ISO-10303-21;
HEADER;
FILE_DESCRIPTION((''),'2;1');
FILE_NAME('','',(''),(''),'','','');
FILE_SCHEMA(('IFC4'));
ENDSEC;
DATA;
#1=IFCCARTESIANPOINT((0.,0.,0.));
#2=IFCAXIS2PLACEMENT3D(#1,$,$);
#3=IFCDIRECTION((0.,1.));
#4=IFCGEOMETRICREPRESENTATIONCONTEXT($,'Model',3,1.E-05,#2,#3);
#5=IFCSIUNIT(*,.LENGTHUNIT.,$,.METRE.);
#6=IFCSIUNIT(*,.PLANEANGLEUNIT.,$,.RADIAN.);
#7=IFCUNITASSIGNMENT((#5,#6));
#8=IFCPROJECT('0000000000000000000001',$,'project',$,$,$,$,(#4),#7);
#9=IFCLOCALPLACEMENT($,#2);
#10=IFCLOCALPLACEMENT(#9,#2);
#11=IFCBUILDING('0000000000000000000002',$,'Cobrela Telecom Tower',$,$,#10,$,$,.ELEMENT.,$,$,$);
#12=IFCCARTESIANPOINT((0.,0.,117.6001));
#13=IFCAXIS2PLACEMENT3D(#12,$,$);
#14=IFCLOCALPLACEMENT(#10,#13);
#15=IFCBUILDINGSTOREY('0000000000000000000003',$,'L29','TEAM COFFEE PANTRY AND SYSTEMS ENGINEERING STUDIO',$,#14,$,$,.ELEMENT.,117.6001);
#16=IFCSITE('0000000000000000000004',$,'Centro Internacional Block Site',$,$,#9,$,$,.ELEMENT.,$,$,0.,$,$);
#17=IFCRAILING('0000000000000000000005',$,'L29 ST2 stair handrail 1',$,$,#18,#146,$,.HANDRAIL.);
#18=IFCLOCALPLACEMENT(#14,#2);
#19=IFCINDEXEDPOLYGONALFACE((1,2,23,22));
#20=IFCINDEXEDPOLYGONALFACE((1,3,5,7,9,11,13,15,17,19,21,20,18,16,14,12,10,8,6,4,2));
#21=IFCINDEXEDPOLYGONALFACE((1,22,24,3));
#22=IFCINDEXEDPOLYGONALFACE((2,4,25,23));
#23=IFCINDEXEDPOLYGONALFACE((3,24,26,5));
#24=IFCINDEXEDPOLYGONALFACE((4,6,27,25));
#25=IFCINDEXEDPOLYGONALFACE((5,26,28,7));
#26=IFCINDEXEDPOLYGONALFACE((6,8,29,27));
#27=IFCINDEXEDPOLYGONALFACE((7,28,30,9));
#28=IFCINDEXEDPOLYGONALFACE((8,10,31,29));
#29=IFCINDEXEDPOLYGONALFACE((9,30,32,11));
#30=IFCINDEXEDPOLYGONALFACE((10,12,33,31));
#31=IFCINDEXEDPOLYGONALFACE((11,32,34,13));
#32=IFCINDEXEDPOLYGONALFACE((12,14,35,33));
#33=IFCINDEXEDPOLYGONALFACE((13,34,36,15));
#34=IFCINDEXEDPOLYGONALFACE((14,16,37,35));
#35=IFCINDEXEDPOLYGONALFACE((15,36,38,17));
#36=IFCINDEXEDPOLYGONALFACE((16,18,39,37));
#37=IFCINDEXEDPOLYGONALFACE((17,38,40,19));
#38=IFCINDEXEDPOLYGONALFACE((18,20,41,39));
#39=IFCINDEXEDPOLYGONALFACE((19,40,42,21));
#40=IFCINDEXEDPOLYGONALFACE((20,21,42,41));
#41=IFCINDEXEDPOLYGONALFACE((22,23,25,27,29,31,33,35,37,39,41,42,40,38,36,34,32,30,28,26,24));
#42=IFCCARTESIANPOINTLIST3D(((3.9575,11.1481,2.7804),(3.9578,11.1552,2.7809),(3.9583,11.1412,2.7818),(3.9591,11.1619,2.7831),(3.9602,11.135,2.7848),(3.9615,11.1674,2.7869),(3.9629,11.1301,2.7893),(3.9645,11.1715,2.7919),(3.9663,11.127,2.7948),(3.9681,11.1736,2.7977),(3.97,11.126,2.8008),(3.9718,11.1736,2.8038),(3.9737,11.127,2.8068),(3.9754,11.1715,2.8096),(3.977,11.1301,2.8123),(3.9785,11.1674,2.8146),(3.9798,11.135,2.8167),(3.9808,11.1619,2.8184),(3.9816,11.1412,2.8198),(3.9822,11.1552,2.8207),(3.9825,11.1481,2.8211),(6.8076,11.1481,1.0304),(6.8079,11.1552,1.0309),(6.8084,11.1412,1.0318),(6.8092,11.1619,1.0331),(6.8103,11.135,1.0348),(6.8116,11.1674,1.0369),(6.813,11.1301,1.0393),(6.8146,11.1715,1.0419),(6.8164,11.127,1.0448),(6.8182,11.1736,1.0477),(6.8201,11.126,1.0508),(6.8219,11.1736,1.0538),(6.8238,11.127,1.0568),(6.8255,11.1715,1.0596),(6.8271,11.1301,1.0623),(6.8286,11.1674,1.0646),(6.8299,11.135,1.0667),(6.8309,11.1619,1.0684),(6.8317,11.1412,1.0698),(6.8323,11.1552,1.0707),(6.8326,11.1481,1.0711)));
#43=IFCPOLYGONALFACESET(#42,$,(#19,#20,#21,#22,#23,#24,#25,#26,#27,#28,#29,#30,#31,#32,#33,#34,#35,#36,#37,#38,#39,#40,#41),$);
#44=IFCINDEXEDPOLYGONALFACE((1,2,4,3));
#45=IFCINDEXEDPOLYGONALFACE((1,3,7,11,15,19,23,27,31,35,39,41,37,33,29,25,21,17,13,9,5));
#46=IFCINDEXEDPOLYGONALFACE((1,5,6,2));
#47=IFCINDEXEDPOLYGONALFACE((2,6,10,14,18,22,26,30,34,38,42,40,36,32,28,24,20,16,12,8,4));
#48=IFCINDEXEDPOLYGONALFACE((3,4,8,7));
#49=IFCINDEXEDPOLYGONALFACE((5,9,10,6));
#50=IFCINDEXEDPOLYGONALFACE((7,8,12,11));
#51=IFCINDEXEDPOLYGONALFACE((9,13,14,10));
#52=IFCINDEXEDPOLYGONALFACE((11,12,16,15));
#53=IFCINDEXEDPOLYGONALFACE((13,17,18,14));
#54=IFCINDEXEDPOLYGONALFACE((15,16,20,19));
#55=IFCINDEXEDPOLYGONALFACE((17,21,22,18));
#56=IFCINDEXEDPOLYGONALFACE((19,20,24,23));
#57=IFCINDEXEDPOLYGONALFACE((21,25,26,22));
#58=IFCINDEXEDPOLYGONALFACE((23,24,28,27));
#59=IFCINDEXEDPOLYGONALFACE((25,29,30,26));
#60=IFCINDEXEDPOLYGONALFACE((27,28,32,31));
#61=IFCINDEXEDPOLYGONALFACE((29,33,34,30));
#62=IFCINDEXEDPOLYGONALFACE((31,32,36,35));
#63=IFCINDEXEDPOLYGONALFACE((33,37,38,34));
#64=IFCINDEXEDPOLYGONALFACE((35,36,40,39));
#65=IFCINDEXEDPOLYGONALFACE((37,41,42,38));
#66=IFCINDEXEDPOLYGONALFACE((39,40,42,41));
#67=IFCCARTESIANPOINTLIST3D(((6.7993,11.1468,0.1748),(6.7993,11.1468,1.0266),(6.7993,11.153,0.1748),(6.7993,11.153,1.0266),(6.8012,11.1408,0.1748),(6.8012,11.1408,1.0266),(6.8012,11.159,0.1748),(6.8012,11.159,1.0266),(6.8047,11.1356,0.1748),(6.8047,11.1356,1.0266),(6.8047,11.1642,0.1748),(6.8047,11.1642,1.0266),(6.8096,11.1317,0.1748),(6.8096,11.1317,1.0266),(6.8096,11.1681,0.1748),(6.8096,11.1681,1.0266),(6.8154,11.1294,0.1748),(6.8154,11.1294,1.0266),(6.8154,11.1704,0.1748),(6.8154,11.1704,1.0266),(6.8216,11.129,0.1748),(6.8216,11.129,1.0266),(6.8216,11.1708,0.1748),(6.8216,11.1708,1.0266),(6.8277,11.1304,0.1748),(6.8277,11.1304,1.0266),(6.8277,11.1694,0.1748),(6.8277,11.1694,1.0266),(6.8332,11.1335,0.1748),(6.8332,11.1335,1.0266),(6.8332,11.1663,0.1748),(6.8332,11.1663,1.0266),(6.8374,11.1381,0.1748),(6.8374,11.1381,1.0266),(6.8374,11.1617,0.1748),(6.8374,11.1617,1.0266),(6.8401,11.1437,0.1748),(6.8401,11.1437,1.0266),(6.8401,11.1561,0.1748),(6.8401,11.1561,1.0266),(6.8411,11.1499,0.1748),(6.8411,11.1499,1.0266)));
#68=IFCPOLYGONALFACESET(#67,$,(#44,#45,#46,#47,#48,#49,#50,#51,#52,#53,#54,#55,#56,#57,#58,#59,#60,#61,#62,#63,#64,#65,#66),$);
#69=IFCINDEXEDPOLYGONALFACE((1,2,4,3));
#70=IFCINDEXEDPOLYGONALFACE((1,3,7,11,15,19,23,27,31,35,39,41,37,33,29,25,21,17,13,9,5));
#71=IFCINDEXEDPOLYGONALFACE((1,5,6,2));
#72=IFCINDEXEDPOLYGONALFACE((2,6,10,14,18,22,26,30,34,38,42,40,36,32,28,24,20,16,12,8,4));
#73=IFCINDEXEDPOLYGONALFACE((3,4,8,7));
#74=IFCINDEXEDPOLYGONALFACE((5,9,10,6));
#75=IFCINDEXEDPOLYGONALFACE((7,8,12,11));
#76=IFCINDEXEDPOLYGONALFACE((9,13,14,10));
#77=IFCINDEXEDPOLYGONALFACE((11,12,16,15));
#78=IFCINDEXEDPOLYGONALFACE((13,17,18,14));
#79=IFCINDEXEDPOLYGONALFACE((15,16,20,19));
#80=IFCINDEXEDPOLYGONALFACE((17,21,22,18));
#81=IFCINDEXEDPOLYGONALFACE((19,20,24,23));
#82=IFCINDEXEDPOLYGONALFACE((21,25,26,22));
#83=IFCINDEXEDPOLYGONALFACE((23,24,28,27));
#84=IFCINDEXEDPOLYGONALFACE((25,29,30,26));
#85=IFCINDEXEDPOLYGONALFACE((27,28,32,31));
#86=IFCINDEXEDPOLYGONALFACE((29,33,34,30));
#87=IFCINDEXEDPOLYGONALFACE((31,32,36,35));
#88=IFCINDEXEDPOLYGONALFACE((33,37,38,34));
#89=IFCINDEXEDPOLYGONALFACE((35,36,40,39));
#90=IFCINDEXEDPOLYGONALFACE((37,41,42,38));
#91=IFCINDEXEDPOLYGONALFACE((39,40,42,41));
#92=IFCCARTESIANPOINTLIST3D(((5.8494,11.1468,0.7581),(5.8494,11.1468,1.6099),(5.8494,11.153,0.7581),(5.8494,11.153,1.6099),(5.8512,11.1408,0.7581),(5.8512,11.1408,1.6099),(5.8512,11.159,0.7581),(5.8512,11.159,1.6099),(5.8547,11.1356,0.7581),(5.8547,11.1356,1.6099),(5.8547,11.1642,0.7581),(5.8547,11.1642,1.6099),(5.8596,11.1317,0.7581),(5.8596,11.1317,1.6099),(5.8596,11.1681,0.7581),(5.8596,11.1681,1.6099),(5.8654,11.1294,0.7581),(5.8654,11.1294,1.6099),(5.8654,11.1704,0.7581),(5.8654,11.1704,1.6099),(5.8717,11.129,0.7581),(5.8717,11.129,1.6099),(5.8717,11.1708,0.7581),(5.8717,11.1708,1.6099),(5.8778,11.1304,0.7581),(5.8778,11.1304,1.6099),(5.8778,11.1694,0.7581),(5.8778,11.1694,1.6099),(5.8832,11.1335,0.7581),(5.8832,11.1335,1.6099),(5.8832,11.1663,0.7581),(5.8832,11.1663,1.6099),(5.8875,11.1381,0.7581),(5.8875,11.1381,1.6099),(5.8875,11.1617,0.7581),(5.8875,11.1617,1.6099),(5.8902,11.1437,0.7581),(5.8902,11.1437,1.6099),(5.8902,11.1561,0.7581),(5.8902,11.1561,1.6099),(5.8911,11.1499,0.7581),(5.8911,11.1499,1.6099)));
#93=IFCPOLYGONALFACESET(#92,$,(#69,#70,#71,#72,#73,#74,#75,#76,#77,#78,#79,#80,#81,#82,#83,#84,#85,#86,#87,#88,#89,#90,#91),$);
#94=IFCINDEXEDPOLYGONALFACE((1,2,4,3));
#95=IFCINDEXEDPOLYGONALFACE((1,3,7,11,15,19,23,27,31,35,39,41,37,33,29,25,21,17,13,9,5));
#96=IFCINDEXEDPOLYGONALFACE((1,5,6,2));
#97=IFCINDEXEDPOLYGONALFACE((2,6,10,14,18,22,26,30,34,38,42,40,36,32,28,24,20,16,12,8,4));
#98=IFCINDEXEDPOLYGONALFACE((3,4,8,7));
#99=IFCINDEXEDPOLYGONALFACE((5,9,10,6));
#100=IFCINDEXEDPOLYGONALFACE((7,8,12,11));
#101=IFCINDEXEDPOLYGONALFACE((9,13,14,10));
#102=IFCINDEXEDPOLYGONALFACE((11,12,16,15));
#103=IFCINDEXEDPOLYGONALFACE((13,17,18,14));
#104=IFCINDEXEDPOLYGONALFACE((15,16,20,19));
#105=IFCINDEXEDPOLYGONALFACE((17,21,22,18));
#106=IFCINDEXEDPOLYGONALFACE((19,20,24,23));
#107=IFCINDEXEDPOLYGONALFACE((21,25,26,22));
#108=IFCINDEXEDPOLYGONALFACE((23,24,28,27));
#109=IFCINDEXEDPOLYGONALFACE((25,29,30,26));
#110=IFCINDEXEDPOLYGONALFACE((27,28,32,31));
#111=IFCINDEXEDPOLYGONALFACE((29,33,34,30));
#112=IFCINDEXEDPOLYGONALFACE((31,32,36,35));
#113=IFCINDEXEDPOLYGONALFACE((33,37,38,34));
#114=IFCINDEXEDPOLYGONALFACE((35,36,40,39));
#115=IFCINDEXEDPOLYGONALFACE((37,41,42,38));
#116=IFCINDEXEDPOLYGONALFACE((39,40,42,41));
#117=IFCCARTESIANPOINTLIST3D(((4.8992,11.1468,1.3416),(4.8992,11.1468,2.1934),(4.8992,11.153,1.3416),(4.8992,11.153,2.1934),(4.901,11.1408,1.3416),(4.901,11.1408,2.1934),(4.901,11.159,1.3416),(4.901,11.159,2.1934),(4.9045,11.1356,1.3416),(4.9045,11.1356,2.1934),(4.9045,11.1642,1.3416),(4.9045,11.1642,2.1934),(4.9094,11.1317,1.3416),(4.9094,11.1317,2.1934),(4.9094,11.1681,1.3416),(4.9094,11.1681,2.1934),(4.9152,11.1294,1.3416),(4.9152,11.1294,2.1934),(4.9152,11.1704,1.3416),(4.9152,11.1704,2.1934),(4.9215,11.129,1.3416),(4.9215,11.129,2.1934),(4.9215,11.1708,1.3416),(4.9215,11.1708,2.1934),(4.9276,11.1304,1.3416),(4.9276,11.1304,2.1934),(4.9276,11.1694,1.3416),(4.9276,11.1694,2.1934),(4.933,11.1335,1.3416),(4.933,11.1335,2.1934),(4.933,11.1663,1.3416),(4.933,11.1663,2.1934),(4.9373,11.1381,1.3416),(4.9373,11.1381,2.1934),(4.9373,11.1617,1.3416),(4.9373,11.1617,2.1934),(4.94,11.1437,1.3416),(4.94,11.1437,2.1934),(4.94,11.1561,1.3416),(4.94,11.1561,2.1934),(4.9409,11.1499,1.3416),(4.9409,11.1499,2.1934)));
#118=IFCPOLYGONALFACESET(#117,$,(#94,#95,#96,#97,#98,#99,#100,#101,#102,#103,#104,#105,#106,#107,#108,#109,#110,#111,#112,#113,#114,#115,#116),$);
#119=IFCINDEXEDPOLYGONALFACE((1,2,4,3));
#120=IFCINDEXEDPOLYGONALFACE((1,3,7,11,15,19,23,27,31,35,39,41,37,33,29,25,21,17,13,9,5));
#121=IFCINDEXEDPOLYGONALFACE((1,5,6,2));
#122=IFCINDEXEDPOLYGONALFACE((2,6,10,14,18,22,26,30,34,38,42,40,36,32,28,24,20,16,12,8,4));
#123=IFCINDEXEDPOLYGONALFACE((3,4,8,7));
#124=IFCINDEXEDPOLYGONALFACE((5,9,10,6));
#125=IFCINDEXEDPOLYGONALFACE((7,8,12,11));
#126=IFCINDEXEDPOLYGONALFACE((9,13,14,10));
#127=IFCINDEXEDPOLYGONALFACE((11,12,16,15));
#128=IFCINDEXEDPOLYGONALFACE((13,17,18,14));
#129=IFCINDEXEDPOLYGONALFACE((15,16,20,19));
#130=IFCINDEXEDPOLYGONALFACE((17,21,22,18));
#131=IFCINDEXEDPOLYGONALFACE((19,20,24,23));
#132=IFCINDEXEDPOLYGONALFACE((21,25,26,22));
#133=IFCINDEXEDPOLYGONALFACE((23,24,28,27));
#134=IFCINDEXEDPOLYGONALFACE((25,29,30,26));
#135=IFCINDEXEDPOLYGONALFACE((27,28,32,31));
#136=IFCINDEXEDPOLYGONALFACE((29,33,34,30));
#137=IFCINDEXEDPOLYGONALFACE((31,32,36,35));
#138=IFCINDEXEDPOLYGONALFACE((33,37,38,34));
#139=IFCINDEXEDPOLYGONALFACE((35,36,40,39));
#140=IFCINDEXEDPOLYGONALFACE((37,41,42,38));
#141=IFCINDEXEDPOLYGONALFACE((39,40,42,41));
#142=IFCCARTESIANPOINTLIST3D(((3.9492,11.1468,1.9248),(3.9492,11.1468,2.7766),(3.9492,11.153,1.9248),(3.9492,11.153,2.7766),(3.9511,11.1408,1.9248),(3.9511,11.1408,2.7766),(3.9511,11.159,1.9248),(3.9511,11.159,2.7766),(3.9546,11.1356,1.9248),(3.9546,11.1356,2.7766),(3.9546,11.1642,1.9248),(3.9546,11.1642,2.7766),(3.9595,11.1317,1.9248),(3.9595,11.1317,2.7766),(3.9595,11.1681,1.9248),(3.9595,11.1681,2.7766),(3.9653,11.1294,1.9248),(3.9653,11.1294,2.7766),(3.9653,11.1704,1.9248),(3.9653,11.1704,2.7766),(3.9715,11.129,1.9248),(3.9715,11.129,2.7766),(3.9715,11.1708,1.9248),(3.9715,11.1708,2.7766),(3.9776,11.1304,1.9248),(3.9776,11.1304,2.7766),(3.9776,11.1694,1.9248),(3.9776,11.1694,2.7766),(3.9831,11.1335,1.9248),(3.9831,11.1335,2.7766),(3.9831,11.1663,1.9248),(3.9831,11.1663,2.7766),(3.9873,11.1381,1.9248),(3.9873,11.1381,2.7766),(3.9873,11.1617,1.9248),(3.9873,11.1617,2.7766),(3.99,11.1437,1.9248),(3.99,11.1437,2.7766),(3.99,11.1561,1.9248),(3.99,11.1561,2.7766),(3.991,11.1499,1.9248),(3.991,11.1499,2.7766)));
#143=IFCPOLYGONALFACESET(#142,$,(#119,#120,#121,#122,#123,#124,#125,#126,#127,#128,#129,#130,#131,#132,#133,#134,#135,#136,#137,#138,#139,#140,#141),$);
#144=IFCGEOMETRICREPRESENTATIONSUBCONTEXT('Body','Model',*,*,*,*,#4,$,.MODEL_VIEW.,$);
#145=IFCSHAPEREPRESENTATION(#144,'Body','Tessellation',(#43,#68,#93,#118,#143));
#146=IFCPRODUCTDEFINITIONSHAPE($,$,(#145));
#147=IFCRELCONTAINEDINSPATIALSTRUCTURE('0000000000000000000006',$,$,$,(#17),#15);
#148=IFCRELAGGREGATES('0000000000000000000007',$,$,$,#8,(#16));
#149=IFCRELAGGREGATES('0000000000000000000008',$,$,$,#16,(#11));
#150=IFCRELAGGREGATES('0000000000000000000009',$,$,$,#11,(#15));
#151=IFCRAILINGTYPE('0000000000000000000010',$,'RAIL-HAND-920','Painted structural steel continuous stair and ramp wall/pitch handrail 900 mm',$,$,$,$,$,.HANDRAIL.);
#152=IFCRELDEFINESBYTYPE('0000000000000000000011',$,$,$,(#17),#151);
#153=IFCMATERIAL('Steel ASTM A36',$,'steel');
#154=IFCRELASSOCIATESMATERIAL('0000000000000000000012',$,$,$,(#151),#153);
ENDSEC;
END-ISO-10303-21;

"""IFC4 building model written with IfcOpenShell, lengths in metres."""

from ifc_helpers import new_model, si_unit, direction, frame, origin, origin_2d, place, context, subcontext, project, spatial, circle, extrude, material, type_object, element, save


model = new_model("IFC4")

# Units and contexts
model_context = context("Model", 3, precision=1e-05, world=origin(), true_north=direction((0.0, 1.0)))
body_context = subcontext(model_context, "Body", "Model", "MODEL_VIEW")
ifc_project = project(units=[si_unit("LENGTHUNIT", "METRE"), si_unit("PLANEANGLEUNIT", "RADIAN")], contexts=[model_context])

# Site, building, storey
site_placement = place(None, origin())
site = spatial("IfcSite", under=ifc_project, at=site_placement, Name="Centro Internacional Block Site", CompositionType="ELEMENT", RefElevation=0.0)
building_placement = place(site_placement, origin())
building = spatial("IfcBuilding", under=site, at=building_placement, Name="Cobrela Telecom Tower", CompositionType="ELEMENT")
storey_placement = place(building_placement, frame((0.0, 0.0, 117.6001)))
storey = spatial("IfcBuildingStorey", under=building, at=storey_placement, Name="L29", Description="TEAM COFFEE PANTRY AND SYSTEMS ENGINEERING STUDIO", CompositionType="ELEMENT", Elevation=117.6001)

# Shared definitions
ifc_material_1 = material(Name="Steel ASTM A36", Category="steel")

# Railing
railing_type_1 = type_object("IfcRailingType", Name="RAIL-HAND-920", Description="Painted structural steel continuous stair and ramp wall/pitch handrail 900 mm", PredefinedType="HANDRAIL", material=ifc_material_1)
railing_1_placement = place(storey_placement, frame((6.8201, 11.1499, 0.1748)))
element("IfcRailing", 1, at=railing_1_placement, inside=storey, type_object=railing_type_1, Name="L29 ST2 stair handrail 1", PredefinedType="HANDRAIL", context=body_context, shape_type="SweptSolid", body=[
    extrude(circle(Radius=0.0239, at=origin_2d()), frame((0.0, 0.0, 0.876), z_axis=(-0.852179, 0.0, 0.52325), x_axis=(0.0, -1.0, 0.0)), (0.0, 0.0, 1.0), 3.3445),
    extrude(circle(Radius=0.021, at=origin_2d()), origin(), (0.0, 0.0, 1.0), 0.8518),
    extrude(circle(Radius=0.021, at=origin_2d()), frame((-0.95, 0.0, 0.5833)), (0.0, 0.0, 1.0), 0.8518),
    extrude(circle(Radius=0.021, at=origin_2d()), frame((-1.9001, 0.0, 1.1667)), (0.0, 0.0, 1.0), 0.8518),
    extrude(circle(Radius=0.021, at=origin_2d()), frame((-2.8501, 0.0, 1.75)), (0.0, 0.0, 1.0), 0.8518),
])

save(model, "model.ifc")
